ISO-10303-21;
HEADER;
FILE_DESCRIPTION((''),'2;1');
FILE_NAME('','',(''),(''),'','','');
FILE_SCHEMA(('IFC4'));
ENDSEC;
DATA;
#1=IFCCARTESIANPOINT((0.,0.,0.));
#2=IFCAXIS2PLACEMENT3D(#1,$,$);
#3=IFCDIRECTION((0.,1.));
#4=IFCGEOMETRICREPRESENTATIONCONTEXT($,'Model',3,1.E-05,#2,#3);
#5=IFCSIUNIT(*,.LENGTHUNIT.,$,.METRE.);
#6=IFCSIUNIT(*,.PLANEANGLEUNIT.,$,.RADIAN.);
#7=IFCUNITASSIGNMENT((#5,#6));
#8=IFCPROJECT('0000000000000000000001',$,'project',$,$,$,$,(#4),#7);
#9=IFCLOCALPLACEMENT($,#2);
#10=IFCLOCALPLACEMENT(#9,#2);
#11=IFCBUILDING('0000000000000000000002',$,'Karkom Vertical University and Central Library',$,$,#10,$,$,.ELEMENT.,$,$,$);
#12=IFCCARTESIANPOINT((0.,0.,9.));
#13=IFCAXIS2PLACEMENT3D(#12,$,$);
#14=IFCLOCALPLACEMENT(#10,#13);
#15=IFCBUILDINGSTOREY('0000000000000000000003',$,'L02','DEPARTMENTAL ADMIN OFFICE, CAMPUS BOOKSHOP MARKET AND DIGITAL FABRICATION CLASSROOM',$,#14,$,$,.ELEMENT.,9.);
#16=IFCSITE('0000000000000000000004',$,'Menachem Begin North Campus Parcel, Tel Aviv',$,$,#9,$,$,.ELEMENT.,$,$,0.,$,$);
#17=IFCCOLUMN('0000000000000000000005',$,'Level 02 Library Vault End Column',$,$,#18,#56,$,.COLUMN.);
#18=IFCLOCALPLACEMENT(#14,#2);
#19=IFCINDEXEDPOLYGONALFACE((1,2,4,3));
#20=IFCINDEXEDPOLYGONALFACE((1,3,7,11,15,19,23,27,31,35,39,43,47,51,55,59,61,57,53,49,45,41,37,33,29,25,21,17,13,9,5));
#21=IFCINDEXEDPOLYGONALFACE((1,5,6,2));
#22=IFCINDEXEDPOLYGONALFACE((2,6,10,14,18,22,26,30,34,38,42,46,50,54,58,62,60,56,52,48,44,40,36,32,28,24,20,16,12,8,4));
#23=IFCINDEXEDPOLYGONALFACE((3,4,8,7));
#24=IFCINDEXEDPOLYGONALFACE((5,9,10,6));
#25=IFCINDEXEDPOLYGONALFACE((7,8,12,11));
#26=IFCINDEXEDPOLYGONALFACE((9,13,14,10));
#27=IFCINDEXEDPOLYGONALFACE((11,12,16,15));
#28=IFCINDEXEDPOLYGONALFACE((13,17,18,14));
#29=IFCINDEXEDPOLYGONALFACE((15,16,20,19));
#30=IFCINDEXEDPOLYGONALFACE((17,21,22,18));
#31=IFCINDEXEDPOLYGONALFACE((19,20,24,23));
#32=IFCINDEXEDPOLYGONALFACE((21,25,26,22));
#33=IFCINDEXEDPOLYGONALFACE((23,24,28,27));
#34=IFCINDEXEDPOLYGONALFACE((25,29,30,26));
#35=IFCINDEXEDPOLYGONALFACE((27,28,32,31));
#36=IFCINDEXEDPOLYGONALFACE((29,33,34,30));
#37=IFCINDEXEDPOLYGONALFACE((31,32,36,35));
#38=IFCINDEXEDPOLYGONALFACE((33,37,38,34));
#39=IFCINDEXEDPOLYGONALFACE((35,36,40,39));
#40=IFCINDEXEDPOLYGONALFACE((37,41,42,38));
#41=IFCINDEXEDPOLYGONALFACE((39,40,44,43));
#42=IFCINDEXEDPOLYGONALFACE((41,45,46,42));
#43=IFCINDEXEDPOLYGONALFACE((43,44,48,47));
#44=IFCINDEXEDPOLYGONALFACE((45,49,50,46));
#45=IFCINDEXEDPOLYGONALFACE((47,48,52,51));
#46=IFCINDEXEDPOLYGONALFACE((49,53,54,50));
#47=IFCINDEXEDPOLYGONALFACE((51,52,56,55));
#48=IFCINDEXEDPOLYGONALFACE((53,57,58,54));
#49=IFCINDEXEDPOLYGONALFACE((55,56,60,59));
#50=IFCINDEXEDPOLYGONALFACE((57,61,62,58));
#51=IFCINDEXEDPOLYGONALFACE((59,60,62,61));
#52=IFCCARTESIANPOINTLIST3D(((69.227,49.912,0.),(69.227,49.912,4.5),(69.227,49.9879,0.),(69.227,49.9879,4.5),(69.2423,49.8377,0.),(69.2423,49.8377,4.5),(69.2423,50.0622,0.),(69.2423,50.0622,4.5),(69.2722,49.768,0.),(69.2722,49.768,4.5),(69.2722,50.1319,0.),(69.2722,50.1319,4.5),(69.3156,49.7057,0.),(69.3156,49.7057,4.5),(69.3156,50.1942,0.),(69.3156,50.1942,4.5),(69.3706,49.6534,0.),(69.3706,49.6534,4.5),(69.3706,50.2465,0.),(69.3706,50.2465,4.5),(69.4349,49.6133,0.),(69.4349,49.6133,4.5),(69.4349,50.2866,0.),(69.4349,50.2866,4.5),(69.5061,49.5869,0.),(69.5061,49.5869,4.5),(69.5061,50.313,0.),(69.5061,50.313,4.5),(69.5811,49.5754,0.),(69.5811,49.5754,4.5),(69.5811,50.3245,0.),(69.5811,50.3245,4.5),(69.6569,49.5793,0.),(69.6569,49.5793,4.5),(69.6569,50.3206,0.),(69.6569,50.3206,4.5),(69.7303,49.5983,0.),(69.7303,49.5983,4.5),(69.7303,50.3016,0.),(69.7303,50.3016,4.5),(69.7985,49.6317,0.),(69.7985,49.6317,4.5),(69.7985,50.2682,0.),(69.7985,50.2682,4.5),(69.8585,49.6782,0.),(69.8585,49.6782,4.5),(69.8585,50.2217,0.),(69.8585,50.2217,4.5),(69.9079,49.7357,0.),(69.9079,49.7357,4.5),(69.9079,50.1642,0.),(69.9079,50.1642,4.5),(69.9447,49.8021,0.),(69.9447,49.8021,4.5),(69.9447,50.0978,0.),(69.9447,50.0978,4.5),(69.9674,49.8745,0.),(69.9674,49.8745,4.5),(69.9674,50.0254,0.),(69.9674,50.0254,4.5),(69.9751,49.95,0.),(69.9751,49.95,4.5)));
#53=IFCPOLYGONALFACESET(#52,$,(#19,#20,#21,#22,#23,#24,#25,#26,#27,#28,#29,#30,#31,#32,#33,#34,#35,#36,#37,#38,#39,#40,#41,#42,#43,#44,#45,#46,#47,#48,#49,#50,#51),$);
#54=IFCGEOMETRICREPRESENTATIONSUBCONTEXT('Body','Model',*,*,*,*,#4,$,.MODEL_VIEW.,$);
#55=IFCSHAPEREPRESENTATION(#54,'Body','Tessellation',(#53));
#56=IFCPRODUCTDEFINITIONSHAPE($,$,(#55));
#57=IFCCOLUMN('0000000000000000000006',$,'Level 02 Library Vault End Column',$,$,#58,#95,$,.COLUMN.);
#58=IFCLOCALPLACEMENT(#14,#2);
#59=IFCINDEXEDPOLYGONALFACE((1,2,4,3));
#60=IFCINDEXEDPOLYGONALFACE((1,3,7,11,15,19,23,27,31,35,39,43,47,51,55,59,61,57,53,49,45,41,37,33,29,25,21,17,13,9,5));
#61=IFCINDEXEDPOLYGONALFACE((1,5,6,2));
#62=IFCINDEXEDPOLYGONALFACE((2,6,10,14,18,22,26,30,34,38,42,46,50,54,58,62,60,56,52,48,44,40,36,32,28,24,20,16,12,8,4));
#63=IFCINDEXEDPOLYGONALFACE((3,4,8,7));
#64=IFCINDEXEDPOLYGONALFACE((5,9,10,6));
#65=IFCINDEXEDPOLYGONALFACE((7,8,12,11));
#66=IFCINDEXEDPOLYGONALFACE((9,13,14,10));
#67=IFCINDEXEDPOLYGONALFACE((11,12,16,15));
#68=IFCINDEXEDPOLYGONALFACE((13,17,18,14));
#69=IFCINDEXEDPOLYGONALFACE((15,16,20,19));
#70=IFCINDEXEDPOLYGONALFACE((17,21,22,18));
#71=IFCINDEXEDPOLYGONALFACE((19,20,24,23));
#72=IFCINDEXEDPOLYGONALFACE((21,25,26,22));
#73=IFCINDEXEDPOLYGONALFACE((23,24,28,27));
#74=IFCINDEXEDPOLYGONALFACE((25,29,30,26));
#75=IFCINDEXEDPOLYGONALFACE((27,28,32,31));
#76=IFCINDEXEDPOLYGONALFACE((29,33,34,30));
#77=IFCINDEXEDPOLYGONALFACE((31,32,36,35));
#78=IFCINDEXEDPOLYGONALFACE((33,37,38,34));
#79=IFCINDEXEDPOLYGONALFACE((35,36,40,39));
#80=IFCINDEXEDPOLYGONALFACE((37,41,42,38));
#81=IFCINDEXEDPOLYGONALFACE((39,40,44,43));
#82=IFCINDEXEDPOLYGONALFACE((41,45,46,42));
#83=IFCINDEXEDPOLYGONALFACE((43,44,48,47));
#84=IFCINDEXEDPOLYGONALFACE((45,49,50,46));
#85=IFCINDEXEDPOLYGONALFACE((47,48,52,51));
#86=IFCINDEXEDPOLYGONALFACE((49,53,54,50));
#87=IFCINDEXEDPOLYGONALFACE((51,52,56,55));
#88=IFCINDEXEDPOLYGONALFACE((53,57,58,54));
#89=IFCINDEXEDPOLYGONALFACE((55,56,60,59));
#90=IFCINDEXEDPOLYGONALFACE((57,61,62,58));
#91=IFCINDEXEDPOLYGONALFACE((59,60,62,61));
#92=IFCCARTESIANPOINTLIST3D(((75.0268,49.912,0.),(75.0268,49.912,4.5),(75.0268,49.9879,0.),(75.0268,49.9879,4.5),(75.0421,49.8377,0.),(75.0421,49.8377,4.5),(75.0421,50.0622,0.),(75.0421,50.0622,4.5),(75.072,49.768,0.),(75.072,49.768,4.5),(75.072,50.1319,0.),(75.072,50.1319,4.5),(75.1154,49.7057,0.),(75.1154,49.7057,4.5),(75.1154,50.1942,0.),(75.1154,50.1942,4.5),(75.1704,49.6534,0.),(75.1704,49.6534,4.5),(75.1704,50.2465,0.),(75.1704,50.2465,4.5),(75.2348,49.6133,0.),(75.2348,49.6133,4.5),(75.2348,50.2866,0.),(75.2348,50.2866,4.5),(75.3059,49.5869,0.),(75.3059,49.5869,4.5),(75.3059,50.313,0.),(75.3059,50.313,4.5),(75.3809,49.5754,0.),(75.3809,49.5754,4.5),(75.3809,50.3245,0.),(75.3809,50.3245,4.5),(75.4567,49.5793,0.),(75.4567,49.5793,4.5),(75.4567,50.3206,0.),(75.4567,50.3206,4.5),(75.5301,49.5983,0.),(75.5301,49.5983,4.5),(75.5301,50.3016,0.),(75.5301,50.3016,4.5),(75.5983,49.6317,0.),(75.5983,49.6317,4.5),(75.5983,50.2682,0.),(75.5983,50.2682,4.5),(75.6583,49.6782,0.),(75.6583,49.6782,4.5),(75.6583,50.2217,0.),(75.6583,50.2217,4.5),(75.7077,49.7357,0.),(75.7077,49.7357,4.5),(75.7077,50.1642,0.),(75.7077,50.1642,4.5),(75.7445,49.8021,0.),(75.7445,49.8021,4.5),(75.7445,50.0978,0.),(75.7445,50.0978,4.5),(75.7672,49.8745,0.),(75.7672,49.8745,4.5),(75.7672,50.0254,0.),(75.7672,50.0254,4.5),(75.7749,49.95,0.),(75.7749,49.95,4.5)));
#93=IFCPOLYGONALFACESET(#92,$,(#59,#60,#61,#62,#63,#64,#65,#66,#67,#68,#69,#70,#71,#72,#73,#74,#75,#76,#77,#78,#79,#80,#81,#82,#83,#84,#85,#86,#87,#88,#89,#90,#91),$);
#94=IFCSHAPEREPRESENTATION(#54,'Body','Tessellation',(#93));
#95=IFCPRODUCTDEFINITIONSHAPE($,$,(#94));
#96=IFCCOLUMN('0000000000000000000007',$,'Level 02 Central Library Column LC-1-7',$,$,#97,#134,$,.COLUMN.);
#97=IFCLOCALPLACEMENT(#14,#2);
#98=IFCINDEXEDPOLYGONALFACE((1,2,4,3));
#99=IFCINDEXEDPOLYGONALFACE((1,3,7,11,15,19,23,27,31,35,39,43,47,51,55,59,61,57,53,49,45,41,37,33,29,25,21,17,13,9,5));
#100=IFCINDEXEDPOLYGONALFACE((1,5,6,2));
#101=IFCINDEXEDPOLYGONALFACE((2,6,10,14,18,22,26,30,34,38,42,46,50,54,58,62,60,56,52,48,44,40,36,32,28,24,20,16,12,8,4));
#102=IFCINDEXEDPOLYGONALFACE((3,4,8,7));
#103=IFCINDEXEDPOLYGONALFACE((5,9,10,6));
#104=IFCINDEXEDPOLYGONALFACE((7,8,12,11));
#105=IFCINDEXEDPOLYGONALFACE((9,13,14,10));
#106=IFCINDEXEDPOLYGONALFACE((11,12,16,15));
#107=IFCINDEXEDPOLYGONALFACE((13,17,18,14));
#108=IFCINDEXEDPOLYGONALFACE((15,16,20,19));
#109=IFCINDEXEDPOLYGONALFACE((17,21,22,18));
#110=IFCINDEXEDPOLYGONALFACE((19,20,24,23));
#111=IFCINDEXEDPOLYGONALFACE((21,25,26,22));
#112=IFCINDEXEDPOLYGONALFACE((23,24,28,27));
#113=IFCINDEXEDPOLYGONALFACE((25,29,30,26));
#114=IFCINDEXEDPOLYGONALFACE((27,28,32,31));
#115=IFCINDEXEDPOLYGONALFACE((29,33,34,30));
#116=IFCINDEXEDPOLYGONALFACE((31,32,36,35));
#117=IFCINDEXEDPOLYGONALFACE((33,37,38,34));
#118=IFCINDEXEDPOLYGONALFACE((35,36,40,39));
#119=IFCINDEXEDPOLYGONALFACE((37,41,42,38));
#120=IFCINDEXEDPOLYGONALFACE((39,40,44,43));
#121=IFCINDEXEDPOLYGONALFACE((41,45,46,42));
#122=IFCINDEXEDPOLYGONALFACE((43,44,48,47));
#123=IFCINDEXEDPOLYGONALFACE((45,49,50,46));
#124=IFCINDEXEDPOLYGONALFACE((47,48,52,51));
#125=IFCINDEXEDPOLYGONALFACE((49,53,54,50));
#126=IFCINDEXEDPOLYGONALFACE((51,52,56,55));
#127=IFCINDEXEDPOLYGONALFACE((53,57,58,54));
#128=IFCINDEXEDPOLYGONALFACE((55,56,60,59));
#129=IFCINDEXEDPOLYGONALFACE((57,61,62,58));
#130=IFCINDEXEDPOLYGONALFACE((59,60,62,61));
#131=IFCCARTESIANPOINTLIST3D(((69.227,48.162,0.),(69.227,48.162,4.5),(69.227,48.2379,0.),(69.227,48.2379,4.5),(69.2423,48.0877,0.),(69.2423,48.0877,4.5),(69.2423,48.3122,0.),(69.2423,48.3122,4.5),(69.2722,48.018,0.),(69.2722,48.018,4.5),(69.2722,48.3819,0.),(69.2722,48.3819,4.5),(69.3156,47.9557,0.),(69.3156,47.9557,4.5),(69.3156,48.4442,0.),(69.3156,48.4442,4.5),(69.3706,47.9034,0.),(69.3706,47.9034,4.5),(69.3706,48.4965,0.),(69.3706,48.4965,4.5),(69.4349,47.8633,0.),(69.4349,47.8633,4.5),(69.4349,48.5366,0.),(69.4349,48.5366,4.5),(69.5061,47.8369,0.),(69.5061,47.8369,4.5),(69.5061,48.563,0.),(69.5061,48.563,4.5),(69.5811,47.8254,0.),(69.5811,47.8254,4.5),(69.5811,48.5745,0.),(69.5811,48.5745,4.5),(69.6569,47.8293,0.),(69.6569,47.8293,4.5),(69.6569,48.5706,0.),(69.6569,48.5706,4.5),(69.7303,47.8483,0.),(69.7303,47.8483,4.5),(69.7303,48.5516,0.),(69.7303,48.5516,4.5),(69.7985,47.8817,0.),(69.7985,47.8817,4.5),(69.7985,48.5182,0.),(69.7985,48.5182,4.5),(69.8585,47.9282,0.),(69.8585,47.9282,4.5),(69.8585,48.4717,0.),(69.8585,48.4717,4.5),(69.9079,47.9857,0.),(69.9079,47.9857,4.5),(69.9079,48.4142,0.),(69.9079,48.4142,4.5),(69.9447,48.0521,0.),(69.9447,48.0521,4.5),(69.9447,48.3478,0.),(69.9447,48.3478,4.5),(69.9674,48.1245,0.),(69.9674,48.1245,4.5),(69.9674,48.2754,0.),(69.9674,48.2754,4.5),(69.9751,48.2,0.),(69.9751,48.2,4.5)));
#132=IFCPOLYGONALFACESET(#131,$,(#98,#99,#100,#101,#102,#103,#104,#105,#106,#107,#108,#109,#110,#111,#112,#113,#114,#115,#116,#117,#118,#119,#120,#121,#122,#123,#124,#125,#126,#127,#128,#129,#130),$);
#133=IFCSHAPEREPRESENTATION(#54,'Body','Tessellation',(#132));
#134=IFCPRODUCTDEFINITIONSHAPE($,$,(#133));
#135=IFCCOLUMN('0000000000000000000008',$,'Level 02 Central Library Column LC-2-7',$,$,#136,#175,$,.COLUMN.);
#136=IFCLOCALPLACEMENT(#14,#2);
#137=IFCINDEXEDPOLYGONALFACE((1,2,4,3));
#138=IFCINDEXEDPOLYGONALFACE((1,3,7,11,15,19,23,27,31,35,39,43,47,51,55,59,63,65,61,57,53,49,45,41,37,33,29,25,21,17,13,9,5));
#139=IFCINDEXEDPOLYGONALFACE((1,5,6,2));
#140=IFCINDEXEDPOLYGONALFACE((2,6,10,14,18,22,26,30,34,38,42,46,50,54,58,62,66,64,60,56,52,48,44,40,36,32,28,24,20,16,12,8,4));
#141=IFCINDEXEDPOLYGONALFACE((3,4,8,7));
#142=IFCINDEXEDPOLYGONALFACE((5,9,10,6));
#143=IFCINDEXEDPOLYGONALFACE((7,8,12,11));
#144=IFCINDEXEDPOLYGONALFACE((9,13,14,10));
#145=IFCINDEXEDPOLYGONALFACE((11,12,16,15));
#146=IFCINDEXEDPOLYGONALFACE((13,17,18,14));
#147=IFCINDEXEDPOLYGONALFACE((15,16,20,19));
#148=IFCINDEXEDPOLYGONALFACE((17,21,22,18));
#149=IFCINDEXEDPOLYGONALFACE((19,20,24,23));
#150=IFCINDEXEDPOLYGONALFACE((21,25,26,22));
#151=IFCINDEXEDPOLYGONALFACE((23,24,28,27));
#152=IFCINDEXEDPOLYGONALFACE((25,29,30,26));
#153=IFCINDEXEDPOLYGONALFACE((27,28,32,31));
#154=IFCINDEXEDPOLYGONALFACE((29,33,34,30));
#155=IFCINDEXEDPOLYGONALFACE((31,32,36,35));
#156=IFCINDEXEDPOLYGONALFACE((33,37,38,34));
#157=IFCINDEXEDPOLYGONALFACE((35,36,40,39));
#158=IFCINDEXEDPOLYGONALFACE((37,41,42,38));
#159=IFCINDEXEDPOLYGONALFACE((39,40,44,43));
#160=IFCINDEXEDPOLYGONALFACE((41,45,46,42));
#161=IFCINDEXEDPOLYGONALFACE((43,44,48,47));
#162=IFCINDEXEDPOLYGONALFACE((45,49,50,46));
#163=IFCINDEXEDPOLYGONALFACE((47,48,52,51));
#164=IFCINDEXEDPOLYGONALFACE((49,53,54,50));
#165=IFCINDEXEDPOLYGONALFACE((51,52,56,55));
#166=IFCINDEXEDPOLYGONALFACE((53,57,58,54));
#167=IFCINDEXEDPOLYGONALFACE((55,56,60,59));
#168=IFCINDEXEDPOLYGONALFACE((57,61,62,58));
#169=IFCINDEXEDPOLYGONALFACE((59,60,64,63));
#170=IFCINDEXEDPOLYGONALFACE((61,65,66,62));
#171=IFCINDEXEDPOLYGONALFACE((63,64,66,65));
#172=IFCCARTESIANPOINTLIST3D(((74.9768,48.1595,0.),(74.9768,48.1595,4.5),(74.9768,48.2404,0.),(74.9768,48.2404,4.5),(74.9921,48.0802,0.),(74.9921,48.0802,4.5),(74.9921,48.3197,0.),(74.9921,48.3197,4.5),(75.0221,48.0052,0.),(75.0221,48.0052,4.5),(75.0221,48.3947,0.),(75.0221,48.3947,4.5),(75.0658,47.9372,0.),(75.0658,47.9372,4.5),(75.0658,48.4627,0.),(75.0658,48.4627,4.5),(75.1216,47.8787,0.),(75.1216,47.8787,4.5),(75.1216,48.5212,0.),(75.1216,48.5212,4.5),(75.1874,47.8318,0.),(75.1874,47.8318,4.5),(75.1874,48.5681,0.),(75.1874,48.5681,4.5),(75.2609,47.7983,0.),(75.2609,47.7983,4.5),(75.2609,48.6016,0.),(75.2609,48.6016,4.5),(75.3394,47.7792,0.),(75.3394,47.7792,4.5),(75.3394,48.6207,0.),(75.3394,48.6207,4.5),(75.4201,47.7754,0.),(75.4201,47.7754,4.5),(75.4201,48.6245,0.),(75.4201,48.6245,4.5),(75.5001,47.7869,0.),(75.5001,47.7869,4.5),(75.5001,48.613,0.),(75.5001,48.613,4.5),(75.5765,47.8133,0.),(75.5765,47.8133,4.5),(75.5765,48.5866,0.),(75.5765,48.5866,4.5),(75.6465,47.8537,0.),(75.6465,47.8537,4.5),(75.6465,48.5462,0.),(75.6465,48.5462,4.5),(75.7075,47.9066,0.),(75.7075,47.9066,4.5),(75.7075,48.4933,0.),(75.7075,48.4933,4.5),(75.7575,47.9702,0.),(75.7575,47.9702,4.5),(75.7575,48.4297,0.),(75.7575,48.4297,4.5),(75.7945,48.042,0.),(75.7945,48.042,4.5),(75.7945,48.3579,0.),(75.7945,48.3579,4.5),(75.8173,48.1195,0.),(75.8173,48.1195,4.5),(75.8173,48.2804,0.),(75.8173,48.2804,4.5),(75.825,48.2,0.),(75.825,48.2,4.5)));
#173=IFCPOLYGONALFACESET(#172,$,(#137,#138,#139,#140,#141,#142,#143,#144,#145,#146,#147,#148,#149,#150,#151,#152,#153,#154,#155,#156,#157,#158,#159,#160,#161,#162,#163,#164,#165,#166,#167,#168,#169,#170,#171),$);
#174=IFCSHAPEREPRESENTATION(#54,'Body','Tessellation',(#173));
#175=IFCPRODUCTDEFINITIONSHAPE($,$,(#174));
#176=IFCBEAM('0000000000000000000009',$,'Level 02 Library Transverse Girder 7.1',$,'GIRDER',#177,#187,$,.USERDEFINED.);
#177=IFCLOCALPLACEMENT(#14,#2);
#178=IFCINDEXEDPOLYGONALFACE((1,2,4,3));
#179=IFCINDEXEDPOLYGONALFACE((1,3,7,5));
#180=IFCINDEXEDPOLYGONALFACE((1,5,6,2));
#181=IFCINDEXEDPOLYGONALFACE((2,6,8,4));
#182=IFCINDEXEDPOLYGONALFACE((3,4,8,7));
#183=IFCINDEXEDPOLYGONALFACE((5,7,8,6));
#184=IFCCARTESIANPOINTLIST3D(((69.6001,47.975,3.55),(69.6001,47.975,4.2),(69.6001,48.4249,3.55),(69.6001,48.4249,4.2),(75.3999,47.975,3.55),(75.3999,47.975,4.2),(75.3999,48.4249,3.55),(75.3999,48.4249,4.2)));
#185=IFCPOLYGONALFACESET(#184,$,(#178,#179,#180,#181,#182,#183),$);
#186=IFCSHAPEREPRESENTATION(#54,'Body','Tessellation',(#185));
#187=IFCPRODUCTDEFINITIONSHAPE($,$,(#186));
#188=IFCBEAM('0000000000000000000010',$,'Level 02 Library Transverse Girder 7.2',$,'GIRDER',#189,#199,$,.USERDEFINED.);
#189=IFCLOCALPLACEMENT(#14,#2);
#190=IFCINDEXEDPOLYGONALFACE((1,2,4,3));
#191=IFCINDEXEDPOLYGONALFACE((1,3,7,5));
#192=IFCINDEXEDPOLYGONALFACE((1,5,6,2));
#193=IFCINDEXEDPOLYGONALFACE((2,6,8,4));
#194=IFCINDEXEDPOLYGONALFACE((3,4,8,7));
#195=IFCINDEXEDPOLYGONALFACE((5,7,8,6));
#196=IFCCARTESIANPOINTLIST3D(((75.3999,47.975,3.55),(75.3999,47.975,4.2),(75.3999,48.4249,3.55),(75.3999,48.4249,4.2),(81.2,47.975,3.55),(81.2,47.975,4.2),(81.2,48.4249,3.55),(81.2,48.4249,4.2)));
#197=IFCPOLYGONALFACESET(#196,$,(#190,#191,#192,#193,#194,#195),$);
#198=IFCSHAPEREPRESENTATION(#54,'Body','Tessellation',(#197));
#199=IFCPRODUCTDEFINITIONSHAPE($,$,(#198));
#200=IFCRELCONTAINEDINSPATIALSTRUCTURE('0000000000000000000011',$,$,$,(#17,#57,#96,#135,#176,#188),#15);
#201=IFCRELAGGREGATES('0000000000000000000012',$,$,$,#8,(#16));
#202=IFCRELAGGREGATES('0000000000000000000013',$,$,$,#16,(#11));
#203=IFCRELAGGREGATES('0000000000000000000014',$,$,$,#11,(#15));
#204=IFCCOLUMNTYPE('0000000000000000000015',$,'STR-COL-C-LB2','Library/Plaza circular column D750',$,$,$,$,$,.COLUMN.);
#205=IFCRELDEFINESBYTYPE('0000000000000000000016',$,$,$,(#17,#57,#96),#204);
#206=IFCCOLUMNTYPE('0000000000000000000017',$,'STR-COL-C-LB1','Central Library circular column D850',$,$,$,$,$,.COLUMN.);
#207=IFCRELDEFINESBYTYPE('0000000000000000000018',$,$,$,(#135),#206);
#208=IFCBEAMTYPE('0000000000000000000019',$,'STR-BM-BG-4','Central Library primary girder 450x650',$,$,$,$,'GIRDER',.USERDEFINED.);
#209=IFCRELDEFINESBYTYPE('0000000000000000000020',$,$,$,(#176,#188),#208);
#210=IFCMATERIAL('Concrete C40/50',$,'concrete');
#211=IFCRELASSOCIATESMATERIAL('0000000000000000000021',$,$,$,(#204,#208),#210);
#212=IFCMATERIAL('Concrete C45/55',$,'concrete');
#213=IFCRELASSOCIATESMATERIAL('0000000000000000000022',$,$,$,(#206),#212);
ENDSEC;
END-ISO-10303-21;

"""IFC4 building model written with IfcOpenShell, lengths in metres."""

from ifc_helpers import new_model, si_unit, direction, frame, origin, origin_with_axes, origin_2d, place, context, subcontext, project, spatial, rectangle, circle, extrude, source, transform, mapped, material, material_profile, profile_set, type_object, element, save


model = new_model("IFC4")

# Units and contexts
model_context = context("Model", 3, precision=1e-05, world=origin(), true_north=direction((0.0, 1.0)))
body_context = subcontext(model_context, "Body", "Model", "MODEL_VIEW")
ifc_project = project(units=[si_unit("LENGTHUNIT", "METRE"), si_unit("PLANEANGLEUNIT", "RADIAN")], contexts=[model_context])

# Site, building, storey
site_placement = place(None, origin())
site = spatial("IfcSite", under=ifc_project, at=site_placement, Name="Menachem Begin North Campus Parcel, Tel Aviv", CompositionType="ELEMENT", RefElevation=0.0)
building_placement = place(site_placement, origin())
building = spatial("IfcBuilding", under=site, at=building_placement, Name="Karkom Vertical University and Central Library", CompositionType="ELEMENT")
storey_placement = place(building_placement, frame((0.0, 0.0, 9.0)))
storey = spatial("IfcBuildingStorey", under=building, at=storey_placement, Name="L02", Description="DEPARTMENTAL ADMIN OFFICE, CAMPUS BOOKSHOP MARKET AND DIGITAL FABRICATION CLASSROOM", CompositionType="ELEMENT", Elevation=9.0)

# Columns
ifc_material_1 = material(Name="Concrete C40/50", Category="concrete")
ifc_material_profile_1 = material_profile(ifc_material_1, circle(Radius=0.375, at=origin_2d()), Name="RC-D750")
ifc_profile_set_1 = profile_set([ifc_material_profile_1], Name="Concrete C40/50")
column_type_1 = type_object("IfcColumnType", Name="STR-COL-C-LB2", Description="Library/Plaza circular column D750", PredefinedType="COLUMN", material=ifc_profile_set_1)
shared_shape_1 = source(origin_with_axes(), body_context, "Body", "SweptSolid", [
    extrude(circle(Radius=0.375, at=origin_2d()), origin(), (0.0, 0.0, 1.0), 4.5),
])
for number, where, z_axis, x_axis, name in (
    (1, (69.6001, 49.95, 0.0), (0.0, 0.0, 1.0), (1.0, 0.0, 0.0), "Level 02 Library Vault End Column"),
    (2, (75.3999, 49.95, 0.0), (0.0, 0.0, 1.0), (1.0, 0.0, 0.0), "Level 02 Library Vault End Column"),
    (3, (69.6001, 48.2, 0.0), (0.0, 0.0, 1.0), (1.0, 0.0, 0.0), "Level 02 Central Library Column LC-1-7"),
):
    element("IfcColumn", number, at=place(storey_placement, frame(where, z_axis=z_axis, x_axis=x_axis)), inside=storey, type_object=column_type_1, Name=name, PredefinedType="COLUMN", context=body_context, shape_type="MappedRepresentation", body=[
        mapped(shared_shape_1, transform((0.0, 0.0, 0.0), scale=1.0)),
    ])
ifc_material_2 = material(Name="Concrete C45/55", Category="concrete")
ifc_material_profile_2 = material_profile(ifc_material_2, circle(Radius=0.425, at=origin_2d()), Name="RC-D850")
ifc_profile_set_2 = profile_set([ifc_material_profile_2], Name="Concrete C45/55")
column_type_2 = type_object("IfcColumnType", Name="STR-COL-C-LB1", Description="Central Library circular column D850", PredefinedType="COLUMN", material=ifc_profile_set_2)
shared_shape_2 = source(origin_with_axes(), body_context, "Body", "SweptSolid", [
    extrude(circle(Radius=0.425, at=origin_2d()), origin(), (0.0, 0.0, 1.0), 4.5),
])
column_placement = place(storey_placement, frame((75.3999, 48.2, 0.0), z_axis=(0.0, 0.0, 1.0), x_axis=(1.0, 0.0, 0.0)))
element("IfcColumn", 4, at=column_placement, inside=storey, type_object=column_type_2, Name="Level 02 Central Library Column LC-2-7", PredefinedType="COLUMN", context=body_context, shape_type="MappedRepresentation", body=[
    mapped(shared_shape_2, transform((0.0, 0.0, 0.0), scale=1.0)),
])

# Beams
ifc_material_profile_3 = material_profile(ifc_material_1, rectangle(XDim=0.45, YDim=0.6499, at=origin_2d()), Name="RCB-450x650")
ifc_profile_set_3 = profile_set([ifc_material_profile_3], Name="Concrete C40/50")
beam_type = type_object("IfcBeamType", Name="STR-BM-BG-4", Description="Central Library primary girder 450x650", ElementType="GIRDER", PredefinedType="USERDEFINED", material=ifc_profile_set_3)
shared_shape_3 = source(origin_with_axes(), body_context, "Body", "SweptSolid", [
    extrude(rectangle(XDim=0.45, YDim=0.6499, at=origin_2d()), origin(), (0.0, 0.0, 1.0), 5.7998),
])
beam_1_placement = place(storey_placement, frame((69.6001, 48.2, 3.875), z_axis=(1.0, 0.0, 0.0), x_axis=(0.0, 1.0, 0.0)))
element("IfcBeam", 5, at=beam_1_placement, inside=storey, type_object=beam_type, Name="Level 02 Library Transverse Girder 7.1", ObjectType="GIRDER", PredefinedType="USERDEFINED", context=body_context, shape_type="MappedRepresentation", body=[
    mapped(shared_shape_3, transform((0.0, 0.0, 0.0), scale=1.0)),
])
shared_shape_4 = source(origin_with_axes(), body_context, "Body", "SweptSolid", [
    extrude(rectangle(XDim=0.45, YDim=0.6499, at=origin_2d()), origin(), (0.0, 0.0, 1.0), 5.8),
])
beam_2_placement = place(storey_placement, frame((75.3999, 48.2, 3.875), z_axis=(1.0, 0.0, 0.0), x_axis=(0.0, 1.0, 0.0)))
element("IfcBeam", 6, at=beam_2_placement, inside=storey, type_object=beam_type, Name="Level 02 Library Transverse Girder 7.2", ObjectType="GIRDER", PredefinedType="USERDEFINED", context=body_context, shape_type="MappedRepresentation", body=[
    mapped(shared_shape_4, transform((0.0, 0.0, 0.0), scale=1.0)),
])

save(model, "model.ifc")
